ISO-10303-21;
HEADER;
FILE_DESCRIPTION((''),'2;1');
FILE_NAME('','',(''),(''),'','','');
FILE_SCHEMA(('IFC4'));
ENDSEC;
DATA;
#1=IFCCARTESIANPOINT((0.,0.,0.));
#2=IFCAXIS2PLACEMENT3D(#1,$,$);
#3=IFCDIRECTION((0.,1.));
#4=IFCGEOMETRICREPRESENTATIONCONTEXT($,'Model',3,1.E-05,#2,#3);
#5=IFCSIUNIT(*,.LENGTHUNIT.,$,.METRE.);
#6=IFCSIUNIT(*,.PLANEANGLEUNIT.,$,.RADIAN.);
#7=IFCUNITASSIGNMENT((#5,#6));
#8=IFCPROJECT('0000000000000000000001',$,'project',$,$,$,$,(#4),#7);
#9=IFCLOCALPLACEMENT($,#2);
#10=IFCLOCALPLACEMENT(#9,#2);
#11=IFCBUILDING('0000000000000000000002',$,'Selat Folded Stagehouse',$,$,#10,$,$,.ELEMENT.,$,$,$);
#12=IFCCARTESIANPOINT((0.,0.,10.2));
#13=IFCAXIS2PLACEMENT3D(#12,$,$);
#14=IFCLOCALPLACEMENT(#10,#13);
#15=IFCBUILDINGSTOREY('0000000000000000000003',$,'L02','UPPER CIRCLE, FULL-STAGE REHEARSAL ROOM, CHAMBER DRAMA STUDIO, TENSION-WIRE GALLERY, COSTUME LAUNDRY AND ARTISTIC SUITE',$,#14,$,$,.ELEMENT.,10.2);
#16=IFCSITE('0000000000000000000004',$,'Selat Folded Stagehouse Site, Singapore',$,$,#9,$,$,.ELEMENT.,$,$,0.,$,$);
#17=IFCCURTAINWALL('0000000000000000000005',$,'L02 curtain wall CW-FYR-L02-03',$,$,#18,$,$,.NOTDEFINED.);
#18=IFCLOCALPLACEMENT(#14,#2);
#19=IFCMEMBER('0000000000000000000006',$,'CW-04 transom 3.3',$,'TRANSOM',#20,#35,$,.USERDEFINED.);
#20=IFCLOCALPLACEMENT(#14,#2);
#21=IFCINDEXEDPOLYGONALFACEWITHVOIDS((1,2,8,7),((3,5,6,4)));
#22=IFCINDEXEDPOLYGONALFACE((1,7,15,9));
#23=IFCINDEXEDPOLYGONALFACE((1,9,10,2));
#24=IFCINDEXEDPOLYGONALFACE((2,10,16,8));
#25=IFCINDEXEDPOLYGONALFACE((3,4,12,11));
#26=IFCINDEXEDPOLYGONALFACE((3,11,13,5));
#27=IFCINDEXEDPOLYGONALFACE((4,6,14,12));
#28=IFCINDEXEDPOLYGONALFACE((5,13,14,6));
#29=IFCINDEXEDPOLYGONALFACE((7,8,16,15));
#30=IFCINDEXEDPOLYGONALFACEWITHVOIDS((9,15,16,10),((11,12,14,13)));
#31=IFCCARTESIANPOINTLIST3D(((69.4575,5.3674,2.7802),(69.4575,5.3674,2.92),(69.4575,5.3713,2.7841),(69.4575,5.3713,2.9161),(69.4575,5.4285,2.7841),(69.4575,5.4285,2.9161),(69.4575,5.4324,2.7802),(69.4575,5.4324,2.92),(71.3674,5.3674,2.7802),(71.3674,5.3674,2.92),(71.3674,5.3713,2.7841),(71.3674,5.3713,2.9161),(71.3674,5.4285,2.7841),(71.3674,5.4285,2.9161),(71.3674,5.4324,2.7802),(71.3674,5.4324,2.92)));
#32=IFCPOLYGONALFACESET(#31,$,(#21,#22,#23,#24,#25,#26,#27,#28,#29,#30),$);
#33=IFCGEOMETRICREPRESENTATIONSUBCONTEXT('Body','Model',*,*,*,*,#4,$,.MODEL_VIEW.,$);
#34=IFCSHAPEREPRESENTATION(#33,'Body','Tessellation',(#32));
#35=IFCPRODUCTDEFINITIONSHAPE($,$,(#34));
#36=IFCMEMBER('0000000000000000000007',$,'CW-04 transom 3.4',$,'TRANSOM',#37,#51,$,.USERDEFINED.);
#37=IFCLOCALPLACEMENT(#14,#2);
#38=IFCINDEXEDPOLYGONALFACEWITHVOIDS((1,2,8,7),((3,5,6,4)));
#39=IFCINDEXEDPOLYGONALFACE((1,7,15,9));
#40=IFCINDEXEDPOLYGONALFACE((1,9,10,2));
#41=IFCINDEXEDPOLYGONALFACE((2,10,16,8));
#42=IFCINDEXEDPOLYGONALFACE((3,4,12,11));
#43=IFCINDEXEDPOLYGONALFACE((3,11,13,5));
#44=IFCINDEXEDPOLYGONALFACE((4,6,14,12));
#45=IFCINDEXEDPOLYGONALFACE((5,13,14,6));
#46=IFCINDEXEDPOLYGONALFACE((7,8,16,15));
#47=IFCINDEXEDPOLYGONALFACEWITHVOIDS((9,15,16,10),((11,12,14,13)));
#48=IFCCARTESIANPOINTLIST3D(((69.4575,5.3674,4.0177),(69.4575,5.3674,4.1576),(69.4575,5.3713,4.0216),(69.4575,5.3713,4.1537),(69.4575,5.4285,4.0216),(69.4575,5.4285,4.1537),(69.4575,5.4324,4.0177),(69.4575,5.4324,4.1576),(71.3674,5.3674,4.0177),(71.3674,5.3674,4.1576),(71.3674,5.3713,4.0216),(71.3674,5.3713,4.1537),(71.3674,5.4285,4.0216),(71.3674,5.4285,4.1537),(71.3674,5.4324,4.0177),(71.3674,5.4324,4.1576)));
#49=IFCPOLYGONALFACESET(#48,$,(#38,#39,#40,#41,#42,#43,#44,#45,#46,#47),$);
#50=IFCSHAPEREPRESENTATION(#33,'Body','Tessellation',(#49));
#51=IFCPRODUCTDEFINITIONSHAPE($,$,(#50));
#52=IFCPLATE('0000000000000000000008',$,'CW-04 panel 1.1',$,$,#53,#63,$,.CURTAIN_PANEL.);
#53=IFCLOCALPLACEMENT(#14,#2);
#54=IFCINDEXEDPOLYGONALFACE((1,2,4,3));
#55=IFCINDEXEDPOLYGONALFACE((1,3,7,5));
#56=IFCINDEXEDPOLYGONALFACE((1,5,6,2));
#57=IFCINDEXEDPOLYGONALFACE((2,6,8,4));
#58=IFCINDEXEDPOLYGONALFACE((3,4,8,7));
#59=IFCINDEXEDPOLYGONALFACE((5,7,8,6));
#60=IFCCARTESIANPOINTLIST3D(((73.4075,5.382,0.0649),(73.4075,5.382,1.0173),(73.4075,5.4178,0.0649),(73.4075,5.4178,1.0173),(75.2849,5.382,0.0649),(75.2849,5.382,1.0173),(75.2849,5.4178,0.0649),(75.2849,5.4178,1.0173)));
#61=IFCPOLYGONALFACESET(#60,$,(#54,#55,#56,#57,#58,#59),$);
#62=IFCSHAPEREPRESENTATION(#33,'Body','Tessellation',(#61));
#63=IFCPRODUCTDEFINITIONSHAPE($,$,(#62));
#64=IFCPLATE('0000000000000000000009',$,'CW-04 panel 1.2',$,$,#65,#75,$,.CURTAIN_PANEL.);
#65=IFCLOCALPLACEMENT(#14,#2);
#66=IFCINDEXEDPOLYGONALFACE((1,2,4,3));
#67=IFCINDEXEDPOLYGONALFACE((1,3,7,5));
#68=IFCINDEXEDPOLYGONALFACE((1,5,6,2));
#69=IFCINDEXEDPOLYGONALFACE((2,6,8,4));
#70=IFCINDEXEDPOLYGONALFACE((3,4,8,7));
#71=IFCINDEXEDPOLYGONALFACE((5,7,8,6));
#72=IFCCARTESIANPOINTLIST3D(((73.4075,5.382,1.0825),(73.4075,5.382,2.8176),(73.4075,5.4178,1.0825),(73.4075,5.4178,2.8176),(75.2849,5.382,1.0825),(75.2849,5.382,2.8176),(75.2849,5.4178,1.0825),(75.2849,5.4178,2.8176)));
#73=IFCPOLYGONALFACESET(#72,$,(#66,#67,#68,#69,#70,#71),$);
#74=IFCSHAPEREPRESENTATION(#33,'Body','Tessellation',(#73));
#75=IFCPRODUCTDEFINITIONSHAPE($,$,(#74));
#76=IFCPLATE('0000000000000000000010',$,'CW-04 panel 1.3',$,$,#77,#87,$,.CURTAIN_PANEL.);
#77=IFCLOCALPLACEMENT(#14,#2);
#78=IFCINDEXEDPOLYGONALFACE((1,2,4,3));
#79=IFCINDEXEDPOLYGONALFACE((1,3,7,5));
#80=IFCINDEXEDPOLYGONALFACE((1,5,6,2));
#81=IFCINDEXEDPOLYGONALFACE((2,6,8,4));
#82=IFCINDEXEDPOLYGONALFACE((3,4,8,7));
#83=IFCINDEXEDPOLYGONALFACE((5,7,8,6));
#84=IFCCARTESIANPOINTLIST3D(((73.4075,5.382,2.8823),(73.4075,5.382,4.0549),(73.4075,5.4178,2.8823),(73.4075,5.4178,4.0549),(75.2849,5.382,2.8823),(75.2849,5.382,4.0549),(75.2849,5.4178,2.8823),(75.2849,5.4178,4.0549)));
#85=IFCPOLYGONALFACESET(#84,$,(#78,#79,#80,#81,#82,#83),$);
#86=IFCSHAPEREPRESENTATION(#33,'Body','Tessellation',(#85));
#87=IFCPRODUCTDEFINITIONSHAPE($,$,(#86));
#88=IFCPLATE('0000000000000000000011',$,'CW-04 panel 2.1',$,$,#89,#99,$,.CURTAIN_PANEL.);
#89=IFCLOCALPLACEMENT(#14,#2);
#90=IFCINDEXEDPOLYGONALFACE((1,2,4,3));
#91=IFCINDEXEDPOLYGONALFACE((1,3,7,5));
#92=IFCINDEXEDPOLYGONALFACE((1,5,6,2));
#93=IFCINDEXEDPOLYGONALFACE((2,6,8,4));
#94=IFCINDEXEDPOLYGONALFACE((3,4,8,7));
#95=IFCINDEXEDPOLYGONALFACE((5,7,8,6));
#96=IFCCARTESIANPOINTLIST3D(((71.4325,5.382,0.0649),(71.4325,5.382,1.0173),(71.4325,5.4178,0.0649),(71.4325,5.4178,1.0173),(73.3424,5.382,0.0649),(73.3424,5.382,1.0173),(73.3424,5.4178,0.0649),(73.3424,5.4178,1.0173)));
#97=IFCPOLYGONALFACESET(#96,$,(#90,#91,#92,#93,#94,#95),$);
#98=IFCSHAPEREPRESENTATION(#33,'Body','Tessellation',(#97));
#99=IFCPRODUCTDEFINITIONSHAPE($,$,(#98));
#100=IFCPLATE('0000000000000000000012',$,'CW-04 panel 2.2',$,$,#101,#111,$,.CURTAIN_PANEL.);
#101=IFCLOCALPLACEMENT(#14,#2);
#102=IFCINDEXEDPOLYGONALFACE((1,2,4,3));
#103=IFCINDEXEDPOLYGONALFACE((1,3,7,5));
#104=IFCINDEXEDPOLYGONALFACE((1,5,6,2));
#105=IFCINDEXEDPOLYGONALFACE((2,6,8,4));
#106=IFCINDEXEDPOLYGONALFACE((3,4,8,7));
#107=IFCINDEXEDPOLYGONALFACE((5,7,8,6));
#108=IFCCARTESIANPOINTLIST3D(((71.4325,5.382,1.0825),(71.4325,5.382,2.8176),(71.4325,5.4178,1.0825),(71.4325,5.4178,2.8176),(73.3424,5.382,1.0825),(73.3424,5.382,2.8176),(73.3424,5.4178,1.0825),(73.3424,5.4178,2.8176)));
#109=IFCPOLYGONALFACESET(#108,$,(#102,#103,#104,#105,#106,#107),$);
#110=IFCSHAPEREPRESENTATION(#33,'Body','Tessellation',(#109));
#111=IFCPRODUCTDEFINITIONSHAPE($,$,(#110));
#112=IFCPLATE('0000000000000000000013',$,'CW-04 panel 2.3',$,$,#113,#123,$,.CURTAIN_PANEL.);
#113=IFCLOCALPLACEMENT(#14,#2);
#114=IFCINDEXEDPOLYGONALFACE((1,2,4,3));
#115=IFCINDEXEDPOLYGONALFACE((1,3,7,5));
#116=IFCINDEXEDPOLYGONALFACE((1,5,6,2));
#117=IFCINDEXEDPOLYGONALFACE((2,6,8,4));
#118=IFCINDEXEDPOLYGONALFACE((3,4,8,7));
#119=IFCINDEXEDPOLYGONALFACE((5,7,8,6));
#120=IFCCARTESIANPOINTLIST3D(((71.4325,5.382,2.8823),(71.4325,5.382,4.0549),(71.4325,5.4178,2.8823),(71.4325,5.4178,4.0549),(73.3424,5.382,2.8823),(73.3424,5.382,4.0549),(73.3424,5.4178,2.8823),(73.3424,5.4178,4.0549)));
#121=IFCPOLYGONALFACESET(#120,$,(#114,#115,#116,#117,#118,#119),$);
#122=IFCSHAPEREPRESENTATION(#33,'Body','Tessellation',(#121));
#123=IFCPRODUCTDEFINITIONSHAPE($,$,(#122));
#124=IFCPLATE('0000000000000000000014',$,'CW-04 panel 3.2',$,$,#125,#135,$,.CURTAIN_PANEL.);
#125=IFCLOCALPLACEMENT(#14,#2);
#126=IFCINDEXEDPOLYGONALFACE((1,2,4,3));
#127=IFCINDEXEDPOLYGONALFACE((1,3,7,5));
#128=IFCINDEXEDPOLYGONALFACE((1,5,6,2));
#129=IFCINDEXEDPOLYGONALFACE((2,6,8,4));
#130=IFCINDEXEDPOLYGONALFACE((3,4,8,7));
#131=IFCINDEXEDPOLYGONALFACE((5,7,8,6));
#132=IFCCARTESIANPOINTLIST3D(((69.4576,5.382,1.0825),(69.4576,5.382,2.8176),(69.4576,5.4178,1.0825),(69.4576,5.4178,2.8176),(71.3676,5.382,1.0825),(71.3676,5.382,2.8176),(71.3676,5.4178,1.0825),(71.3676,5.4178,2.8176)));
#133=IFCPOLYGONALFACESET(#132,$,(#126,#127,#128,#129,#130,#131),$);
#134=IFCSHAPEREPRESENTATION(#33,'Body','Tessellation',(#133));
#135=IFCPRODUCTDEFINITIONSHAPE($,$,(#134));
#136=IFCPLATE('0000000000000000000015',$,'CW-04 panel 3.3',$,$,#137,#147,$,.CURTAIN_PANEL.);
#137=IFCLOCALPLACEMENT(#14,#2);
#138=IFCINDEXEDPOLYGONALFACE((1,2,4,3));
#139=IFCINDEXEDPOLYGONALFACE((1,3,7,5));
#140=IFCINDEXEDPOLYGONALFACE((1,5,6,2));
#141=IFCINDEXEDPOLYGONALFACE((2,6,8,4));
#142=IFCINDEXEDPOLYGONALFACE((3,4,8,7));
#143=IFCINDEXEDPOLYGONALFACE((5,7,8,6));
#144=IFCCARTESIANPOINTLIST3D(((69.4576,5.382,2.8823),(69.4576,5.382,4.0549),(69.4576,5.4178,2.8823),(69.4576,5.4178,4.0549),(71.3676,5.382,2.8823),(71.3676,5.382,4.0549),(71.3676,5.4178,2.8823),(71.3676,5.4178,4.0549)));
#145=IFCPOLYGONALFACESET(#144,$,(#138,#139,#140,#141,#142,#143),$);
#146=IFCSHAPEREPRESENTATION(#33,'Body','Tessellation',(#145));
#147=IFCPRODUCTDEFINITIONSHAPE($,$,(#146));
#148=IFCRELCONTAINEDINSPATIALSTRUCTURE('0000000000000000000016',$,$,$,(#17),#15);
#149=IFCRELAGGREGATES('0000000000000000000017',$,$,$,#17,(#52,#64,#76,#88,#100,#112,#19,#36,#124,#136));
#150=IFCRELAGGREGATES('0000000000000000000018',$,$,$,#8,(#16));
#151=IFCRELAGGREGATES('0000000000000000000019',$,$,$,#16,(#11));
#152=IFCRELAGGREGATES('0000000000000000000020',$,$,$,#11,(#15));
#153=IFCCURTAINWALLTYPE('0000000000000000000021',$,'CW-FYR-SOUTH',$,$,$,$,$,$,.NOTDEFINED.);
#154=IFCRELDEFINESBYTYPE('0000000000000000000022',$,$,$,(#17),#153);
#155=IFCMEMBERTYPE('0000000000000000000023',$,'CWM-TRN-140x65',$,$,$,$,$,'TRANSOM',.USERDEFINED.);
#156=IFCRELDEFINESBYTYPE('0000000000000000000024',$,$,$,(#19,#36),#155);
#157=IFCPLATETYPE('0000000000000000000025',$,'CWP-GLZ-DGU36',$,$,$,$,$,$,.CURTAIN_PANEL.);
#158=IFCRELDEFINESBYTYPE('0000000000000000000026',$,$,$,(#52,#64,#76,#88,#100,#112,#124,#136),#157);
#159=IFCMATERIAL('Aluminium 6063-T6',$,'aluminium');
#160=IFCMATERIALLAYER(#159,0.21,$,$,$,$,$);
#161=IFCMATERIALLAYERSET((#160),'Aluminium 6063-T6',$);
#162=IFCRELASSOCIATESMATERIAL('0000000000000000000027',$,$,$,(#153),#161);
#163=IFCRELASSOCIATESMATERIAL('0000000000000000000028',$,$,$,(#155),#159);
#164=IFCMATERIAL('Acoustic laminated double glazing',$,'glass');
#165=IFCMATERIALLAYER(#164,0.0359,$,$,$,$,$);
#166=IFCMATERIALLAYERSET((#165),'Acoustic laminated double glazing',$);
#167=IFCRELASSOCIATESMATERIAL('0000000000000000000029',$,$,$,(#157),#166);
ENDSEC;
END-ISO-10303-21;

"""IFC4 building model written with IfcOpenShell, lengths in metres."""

from ifc_helpers import new_model, si_unit, direction, frame, origin, origin_2d, place, context, subcontext, project, spatial, rectangle, hollow_rectangle, extrude, material, layer, layer_set, material_profile, profile_set, type_object, element, aggregate, save


model = new_model("IFC4")

# Units and contexts
model_context = context("Model", 3, precision=1e-05, world=origin(), true_north=direction((0.0, 1.0)))
body_context = subcontext(model_context, "Body", "Model", "MODEL_VIEW")
ifc_project = project(units=[si_unit("LENGTHUNIT", "METRE"), si_unit("PLANEANGLEUNIT", "RADIAN")], contexts=[model_context])

# Site, building, storey
site_placement = place(None, origin())
site = spatial("IfcSite", under=ifc_project, at=site_placement, Name="Selat Folded Stagehouse Site, Singapore", CompositionType="ELEMENT", RefElevation=0.0)
building_placement = place(site_placement, origin())
building = spatial("IfcBuilding", under=site, at=building_placement, Name="Selat Folded Stagehouse", CompositionType="ELEMENT")
storey_placement = place(building_placement, frame((0.0, 0.0, 10.2)))
storey = spatial("IfcBuildingStorey", under=building, at=storey_placement, Name="L02", Description="UPPER CIRCLE, FULL-STAGE REHEARSAL ROOM, CHAMBER DRAMA STUDIO, TENSION-WIRE GALLERY, COSTUME LAUNDRY AND ARTISTIC SUITE", CompositionType="ELEMENT", Elevation=10.2)

# Curtain wall, members, plates
ifc_material_1 = material(Name="Aluminium 6063-T6", Category="aluminium")
ifc_layer_1 = layer(ifc_material_1, 0.21)
ifc_layer_set_1 = layer_set([ifc_layer_1], Name="Aluminium 6063-T6")
curtain_wall_type = type_object("IfcCurtainWallType", Name="CW-FYR-SOUTH", PredefinedType="NOTDEFINED", material=ifc_layer_set_1)
curtain_wall_placement = place(storey_placement, origin())
curtain_wall = element("IfcCurtainWall", 1, at=curtain_wall_placement, inside=storey, type_object=curtain_wall_type, Name="L02 curtain wall CW-FYR-L02-03", PredefinedType="NOTDEFINED")
ifc_material_profile_1 = material_profile(ifc_material_1, hollow_rectangle(XDim=0.0649, YDim=0.1399, WallThickness=0.0039, at=origin_2d()), Name="ALU 140x65x4.0")
ifc_profile_set_1 = profile_set([ifc_material_profile_1], Name="Aluminium 6063-T6")
member_type_1 = type_object("IfcMemberType", Name="CWM-TRN-140x65", ElementType="TRANSOM", PredefinedType="USERDEFINED", material=ifc_profile_set_1)
member_1_placement = place(storey_placement, frame((71.3674, 5.3999, 2.8501), z_axis=(-1.0, 0.0, 0.0), x_axis=(0.0, -1.0, 0.0)))
member_1 = element("IfcMember", 2, at=member_1_placement, type_object=member_type_1, Name="CW-04 transom 3.3", ObjectType="TRANSOM", PredefinedType="USERDEFINED", context=body_context, shape_type="SweptSolid", body=[
    extrude(hollow_rectangle(XDim=0.0649, YDim=0.1399, WallThickness=0.0039, at=origin_2d()), origin(), (0.0, 0.0, 1.0), 1.9099),
])
member_2_placement = place(storey_placement, frame((71.3674, 5.3999, 4.0876), z_axis=(-1.0, 0.0, 0.0), x_axis=(0.0, -1.0, 0.0)))
member_2 = element("IfcMember", 3, at=member_2_placement, type_object=member_type_1, Name="CW-04 transom 3.4", ObjectType="TRANSOM", PredefinedType="USERDEFINED", context=body_context, shape_type="SweptSolid", body=[
    extrude(hollow_rectangle(XDim=0.0649, YDim=0.1399, WallThickness=0.0039, at=origin_2d()), origin(), (0.0, 0.0, 1.0), 1.9099),
])
ifc_material_2 = material(Name="Acoustic laminated double glazing", Category="glass")
ifc_layer_2 = layer(ifc_material_2, 0.0359)
ifc_layer_set_2 = layer_set([ifc_layer_2], Name="Acoustic laminated double glazing")
plate_type = type_object("IfcPlateType", Name="CWP-GLZ-DGU36", PredefinedType="CURTAIN_PANEL", material=ifc_layer_set_2)
plate_1_placement = place(storey_placement, frame((74.3462, 5.3999, 0.0649), z_axis=(0.0, 0.0, 1.0), x_axis=(-1.0, 0.0, 0.0)))
plate_1 = element("IfcPlate", 4, at=plate_1_placement, type_object=plate_type, Name="CW-04 panel 1.1", PredefinedType="CURTAIN_PANEL", context=body_context, shape_type="SweptSolid", body=[
    extrude(rectangle(XDim=1.8774, YDim=0.0359, at=origin_2d()), origin(), (0.0, 0.0, 1.0), 0.9524),
])
plate_2_placement = place(storey_placement, frame((74.3462, 5.3999, 1.0825), z_axis=(0.0, 0.0, 1.0), x_axis=(-1.0, 0.0, 0.0)))
plate_2 = element("IfcPlate", 5, at=plate_2_placement, type_object=plate_type, Name="CW-04 panel 1.2", PredefinedType="CURTAIN_PANEL", context=body_context, shape_type="SweptSolid", body=[
    extrude(rectangle(XDim=1.8774, YDim=0.0359, at=origin_2d()), origin(), (0.0, 0.0, 1.0), 1.7351),
])
plate_3_placement = place(storey_placement, frame((74.3462, 5.3999, 2.8823), z_axis=(0.0, 0.0, 1.0), x_axis=(-1.0, 0.0, 0.0)))
plate_3 = element("IfcPlate", 6, at=plate_3_placement, type_object=plate_type, Name="CW-04 panel 1.3", PredefinedType="CURTAIN_PANEL", context=body_context, shape_type="SweptSolid", body=[
    extrude(rectangle(XDim=1.8774, YDim=0.0359, at=origin_2d()), origin(), (0.0, 0.0, 1.0), 1.1726),
])
plate_4_placement = place(storey_placement, frame((72.3875, 5.3999, 0.0649), z_axis=(0.0, 0.0, 1.0), x_axis=(-1.0, 0.0, 0.0)))
plate_4 = element("IfcPlate", 7, at=plate_4_placement, type_object=plate_type, Name="CW-04 panel 2.1", PredefinedType="CURTAIN_PANEL", context=body_context, shape_type="SweptSolid", body=[
    extrude(rectangle(XDim=1.9099, YDim=0.0359, at=origin_2d()), origin(), (0.0, 0.0, 1.0), 0.9524),
])
plate_5_placement = place(storey_placement, frame((72.3875, 5.3999, 1.0825), z_axis=(0.0, 0.0, 1.0), x_axis=(-1.0, 0.0, 0.0)))
plate_5 = element("IfcPlate", 8, at=plate_5_placement, type_object=plate_type, Name="CW-04 panel 2.2", PredefinedType="CURTAIN_PANEL", context=body_context, shape_type="SweptSolid", body=[
    extrude(rectangle(XDim=1.9099, YDim=0.0359, at=origin_2d()), origin(), (0.0, 0.0, 1.0), 1.7351),
])
plate_6_placement = place(storey_placement, frame((72.3875, 5.3999, 2.8823), z_axis=(0.0, 0.0, 1.0), x_axis=(-1.0, 0.0, 0.0)))
plate_6 = element("IfcPlate", 9, at=plate_6_placement, type_object=plate_type, Name="CW-04 panel 2.3", PredefinedType="CURTAIN_PANEL", context=body_context, shape_type="SweptSolid", body=[
    extrude(rectangle(XDim=1.9099, YDim=0.0359, at=origin_2d()), origin(), (0.0, 0.0, 1.0), 1.1726),
])
plate_7_placement = place(storey_placement, frame((70.4126, 5.3999, 1.0825), z_axis=(0.0, 0.0, 1.0), x_axis=(-1.0, 0.0, 0.0)))
plate_7 = element("IfcPlate", 10, at=plate_7_placement, type_object=plate_type, Name="CW-04 panel 3.2", PredefinedType="CURTAIN_PANEL", context=body_context, shape_type="SweptSolid", body=[
    extrude(rectangle(XDim=1.9099, YDim=0.0359, at=origin_2d()), origin(), (0.0, 0.0, 1.0), 1.7351),
])
plate_8_placement = place(storey_placement, frame((70.4126, 5.3999, 2.8823), z_axis=(0.0, 0.0, 1.0), x_axis=(-1.0, 0.0, 0.0)))
plate_8 = element("IfcPlate", 11, at=plate_8_placement, type_object=plate_type, Name="CW-04 panel 3.3", PredefinedType="CURTAIN_PANEL", context=body_context, shape_type="SweptSolid", body=[
    extrude(rectangle(XDim=1.9099, YDim=0.0359, at=origin_2d()), origin(), (0.0, 0.0, 1.0), 1.1726),
])
aggregate(curtain_wall, [plate_1, plate_2, plate_3, plate_4, plate_5, plate_6, member_1, member_2, plate_7, plate_8])

save(model, "model.ifc")
